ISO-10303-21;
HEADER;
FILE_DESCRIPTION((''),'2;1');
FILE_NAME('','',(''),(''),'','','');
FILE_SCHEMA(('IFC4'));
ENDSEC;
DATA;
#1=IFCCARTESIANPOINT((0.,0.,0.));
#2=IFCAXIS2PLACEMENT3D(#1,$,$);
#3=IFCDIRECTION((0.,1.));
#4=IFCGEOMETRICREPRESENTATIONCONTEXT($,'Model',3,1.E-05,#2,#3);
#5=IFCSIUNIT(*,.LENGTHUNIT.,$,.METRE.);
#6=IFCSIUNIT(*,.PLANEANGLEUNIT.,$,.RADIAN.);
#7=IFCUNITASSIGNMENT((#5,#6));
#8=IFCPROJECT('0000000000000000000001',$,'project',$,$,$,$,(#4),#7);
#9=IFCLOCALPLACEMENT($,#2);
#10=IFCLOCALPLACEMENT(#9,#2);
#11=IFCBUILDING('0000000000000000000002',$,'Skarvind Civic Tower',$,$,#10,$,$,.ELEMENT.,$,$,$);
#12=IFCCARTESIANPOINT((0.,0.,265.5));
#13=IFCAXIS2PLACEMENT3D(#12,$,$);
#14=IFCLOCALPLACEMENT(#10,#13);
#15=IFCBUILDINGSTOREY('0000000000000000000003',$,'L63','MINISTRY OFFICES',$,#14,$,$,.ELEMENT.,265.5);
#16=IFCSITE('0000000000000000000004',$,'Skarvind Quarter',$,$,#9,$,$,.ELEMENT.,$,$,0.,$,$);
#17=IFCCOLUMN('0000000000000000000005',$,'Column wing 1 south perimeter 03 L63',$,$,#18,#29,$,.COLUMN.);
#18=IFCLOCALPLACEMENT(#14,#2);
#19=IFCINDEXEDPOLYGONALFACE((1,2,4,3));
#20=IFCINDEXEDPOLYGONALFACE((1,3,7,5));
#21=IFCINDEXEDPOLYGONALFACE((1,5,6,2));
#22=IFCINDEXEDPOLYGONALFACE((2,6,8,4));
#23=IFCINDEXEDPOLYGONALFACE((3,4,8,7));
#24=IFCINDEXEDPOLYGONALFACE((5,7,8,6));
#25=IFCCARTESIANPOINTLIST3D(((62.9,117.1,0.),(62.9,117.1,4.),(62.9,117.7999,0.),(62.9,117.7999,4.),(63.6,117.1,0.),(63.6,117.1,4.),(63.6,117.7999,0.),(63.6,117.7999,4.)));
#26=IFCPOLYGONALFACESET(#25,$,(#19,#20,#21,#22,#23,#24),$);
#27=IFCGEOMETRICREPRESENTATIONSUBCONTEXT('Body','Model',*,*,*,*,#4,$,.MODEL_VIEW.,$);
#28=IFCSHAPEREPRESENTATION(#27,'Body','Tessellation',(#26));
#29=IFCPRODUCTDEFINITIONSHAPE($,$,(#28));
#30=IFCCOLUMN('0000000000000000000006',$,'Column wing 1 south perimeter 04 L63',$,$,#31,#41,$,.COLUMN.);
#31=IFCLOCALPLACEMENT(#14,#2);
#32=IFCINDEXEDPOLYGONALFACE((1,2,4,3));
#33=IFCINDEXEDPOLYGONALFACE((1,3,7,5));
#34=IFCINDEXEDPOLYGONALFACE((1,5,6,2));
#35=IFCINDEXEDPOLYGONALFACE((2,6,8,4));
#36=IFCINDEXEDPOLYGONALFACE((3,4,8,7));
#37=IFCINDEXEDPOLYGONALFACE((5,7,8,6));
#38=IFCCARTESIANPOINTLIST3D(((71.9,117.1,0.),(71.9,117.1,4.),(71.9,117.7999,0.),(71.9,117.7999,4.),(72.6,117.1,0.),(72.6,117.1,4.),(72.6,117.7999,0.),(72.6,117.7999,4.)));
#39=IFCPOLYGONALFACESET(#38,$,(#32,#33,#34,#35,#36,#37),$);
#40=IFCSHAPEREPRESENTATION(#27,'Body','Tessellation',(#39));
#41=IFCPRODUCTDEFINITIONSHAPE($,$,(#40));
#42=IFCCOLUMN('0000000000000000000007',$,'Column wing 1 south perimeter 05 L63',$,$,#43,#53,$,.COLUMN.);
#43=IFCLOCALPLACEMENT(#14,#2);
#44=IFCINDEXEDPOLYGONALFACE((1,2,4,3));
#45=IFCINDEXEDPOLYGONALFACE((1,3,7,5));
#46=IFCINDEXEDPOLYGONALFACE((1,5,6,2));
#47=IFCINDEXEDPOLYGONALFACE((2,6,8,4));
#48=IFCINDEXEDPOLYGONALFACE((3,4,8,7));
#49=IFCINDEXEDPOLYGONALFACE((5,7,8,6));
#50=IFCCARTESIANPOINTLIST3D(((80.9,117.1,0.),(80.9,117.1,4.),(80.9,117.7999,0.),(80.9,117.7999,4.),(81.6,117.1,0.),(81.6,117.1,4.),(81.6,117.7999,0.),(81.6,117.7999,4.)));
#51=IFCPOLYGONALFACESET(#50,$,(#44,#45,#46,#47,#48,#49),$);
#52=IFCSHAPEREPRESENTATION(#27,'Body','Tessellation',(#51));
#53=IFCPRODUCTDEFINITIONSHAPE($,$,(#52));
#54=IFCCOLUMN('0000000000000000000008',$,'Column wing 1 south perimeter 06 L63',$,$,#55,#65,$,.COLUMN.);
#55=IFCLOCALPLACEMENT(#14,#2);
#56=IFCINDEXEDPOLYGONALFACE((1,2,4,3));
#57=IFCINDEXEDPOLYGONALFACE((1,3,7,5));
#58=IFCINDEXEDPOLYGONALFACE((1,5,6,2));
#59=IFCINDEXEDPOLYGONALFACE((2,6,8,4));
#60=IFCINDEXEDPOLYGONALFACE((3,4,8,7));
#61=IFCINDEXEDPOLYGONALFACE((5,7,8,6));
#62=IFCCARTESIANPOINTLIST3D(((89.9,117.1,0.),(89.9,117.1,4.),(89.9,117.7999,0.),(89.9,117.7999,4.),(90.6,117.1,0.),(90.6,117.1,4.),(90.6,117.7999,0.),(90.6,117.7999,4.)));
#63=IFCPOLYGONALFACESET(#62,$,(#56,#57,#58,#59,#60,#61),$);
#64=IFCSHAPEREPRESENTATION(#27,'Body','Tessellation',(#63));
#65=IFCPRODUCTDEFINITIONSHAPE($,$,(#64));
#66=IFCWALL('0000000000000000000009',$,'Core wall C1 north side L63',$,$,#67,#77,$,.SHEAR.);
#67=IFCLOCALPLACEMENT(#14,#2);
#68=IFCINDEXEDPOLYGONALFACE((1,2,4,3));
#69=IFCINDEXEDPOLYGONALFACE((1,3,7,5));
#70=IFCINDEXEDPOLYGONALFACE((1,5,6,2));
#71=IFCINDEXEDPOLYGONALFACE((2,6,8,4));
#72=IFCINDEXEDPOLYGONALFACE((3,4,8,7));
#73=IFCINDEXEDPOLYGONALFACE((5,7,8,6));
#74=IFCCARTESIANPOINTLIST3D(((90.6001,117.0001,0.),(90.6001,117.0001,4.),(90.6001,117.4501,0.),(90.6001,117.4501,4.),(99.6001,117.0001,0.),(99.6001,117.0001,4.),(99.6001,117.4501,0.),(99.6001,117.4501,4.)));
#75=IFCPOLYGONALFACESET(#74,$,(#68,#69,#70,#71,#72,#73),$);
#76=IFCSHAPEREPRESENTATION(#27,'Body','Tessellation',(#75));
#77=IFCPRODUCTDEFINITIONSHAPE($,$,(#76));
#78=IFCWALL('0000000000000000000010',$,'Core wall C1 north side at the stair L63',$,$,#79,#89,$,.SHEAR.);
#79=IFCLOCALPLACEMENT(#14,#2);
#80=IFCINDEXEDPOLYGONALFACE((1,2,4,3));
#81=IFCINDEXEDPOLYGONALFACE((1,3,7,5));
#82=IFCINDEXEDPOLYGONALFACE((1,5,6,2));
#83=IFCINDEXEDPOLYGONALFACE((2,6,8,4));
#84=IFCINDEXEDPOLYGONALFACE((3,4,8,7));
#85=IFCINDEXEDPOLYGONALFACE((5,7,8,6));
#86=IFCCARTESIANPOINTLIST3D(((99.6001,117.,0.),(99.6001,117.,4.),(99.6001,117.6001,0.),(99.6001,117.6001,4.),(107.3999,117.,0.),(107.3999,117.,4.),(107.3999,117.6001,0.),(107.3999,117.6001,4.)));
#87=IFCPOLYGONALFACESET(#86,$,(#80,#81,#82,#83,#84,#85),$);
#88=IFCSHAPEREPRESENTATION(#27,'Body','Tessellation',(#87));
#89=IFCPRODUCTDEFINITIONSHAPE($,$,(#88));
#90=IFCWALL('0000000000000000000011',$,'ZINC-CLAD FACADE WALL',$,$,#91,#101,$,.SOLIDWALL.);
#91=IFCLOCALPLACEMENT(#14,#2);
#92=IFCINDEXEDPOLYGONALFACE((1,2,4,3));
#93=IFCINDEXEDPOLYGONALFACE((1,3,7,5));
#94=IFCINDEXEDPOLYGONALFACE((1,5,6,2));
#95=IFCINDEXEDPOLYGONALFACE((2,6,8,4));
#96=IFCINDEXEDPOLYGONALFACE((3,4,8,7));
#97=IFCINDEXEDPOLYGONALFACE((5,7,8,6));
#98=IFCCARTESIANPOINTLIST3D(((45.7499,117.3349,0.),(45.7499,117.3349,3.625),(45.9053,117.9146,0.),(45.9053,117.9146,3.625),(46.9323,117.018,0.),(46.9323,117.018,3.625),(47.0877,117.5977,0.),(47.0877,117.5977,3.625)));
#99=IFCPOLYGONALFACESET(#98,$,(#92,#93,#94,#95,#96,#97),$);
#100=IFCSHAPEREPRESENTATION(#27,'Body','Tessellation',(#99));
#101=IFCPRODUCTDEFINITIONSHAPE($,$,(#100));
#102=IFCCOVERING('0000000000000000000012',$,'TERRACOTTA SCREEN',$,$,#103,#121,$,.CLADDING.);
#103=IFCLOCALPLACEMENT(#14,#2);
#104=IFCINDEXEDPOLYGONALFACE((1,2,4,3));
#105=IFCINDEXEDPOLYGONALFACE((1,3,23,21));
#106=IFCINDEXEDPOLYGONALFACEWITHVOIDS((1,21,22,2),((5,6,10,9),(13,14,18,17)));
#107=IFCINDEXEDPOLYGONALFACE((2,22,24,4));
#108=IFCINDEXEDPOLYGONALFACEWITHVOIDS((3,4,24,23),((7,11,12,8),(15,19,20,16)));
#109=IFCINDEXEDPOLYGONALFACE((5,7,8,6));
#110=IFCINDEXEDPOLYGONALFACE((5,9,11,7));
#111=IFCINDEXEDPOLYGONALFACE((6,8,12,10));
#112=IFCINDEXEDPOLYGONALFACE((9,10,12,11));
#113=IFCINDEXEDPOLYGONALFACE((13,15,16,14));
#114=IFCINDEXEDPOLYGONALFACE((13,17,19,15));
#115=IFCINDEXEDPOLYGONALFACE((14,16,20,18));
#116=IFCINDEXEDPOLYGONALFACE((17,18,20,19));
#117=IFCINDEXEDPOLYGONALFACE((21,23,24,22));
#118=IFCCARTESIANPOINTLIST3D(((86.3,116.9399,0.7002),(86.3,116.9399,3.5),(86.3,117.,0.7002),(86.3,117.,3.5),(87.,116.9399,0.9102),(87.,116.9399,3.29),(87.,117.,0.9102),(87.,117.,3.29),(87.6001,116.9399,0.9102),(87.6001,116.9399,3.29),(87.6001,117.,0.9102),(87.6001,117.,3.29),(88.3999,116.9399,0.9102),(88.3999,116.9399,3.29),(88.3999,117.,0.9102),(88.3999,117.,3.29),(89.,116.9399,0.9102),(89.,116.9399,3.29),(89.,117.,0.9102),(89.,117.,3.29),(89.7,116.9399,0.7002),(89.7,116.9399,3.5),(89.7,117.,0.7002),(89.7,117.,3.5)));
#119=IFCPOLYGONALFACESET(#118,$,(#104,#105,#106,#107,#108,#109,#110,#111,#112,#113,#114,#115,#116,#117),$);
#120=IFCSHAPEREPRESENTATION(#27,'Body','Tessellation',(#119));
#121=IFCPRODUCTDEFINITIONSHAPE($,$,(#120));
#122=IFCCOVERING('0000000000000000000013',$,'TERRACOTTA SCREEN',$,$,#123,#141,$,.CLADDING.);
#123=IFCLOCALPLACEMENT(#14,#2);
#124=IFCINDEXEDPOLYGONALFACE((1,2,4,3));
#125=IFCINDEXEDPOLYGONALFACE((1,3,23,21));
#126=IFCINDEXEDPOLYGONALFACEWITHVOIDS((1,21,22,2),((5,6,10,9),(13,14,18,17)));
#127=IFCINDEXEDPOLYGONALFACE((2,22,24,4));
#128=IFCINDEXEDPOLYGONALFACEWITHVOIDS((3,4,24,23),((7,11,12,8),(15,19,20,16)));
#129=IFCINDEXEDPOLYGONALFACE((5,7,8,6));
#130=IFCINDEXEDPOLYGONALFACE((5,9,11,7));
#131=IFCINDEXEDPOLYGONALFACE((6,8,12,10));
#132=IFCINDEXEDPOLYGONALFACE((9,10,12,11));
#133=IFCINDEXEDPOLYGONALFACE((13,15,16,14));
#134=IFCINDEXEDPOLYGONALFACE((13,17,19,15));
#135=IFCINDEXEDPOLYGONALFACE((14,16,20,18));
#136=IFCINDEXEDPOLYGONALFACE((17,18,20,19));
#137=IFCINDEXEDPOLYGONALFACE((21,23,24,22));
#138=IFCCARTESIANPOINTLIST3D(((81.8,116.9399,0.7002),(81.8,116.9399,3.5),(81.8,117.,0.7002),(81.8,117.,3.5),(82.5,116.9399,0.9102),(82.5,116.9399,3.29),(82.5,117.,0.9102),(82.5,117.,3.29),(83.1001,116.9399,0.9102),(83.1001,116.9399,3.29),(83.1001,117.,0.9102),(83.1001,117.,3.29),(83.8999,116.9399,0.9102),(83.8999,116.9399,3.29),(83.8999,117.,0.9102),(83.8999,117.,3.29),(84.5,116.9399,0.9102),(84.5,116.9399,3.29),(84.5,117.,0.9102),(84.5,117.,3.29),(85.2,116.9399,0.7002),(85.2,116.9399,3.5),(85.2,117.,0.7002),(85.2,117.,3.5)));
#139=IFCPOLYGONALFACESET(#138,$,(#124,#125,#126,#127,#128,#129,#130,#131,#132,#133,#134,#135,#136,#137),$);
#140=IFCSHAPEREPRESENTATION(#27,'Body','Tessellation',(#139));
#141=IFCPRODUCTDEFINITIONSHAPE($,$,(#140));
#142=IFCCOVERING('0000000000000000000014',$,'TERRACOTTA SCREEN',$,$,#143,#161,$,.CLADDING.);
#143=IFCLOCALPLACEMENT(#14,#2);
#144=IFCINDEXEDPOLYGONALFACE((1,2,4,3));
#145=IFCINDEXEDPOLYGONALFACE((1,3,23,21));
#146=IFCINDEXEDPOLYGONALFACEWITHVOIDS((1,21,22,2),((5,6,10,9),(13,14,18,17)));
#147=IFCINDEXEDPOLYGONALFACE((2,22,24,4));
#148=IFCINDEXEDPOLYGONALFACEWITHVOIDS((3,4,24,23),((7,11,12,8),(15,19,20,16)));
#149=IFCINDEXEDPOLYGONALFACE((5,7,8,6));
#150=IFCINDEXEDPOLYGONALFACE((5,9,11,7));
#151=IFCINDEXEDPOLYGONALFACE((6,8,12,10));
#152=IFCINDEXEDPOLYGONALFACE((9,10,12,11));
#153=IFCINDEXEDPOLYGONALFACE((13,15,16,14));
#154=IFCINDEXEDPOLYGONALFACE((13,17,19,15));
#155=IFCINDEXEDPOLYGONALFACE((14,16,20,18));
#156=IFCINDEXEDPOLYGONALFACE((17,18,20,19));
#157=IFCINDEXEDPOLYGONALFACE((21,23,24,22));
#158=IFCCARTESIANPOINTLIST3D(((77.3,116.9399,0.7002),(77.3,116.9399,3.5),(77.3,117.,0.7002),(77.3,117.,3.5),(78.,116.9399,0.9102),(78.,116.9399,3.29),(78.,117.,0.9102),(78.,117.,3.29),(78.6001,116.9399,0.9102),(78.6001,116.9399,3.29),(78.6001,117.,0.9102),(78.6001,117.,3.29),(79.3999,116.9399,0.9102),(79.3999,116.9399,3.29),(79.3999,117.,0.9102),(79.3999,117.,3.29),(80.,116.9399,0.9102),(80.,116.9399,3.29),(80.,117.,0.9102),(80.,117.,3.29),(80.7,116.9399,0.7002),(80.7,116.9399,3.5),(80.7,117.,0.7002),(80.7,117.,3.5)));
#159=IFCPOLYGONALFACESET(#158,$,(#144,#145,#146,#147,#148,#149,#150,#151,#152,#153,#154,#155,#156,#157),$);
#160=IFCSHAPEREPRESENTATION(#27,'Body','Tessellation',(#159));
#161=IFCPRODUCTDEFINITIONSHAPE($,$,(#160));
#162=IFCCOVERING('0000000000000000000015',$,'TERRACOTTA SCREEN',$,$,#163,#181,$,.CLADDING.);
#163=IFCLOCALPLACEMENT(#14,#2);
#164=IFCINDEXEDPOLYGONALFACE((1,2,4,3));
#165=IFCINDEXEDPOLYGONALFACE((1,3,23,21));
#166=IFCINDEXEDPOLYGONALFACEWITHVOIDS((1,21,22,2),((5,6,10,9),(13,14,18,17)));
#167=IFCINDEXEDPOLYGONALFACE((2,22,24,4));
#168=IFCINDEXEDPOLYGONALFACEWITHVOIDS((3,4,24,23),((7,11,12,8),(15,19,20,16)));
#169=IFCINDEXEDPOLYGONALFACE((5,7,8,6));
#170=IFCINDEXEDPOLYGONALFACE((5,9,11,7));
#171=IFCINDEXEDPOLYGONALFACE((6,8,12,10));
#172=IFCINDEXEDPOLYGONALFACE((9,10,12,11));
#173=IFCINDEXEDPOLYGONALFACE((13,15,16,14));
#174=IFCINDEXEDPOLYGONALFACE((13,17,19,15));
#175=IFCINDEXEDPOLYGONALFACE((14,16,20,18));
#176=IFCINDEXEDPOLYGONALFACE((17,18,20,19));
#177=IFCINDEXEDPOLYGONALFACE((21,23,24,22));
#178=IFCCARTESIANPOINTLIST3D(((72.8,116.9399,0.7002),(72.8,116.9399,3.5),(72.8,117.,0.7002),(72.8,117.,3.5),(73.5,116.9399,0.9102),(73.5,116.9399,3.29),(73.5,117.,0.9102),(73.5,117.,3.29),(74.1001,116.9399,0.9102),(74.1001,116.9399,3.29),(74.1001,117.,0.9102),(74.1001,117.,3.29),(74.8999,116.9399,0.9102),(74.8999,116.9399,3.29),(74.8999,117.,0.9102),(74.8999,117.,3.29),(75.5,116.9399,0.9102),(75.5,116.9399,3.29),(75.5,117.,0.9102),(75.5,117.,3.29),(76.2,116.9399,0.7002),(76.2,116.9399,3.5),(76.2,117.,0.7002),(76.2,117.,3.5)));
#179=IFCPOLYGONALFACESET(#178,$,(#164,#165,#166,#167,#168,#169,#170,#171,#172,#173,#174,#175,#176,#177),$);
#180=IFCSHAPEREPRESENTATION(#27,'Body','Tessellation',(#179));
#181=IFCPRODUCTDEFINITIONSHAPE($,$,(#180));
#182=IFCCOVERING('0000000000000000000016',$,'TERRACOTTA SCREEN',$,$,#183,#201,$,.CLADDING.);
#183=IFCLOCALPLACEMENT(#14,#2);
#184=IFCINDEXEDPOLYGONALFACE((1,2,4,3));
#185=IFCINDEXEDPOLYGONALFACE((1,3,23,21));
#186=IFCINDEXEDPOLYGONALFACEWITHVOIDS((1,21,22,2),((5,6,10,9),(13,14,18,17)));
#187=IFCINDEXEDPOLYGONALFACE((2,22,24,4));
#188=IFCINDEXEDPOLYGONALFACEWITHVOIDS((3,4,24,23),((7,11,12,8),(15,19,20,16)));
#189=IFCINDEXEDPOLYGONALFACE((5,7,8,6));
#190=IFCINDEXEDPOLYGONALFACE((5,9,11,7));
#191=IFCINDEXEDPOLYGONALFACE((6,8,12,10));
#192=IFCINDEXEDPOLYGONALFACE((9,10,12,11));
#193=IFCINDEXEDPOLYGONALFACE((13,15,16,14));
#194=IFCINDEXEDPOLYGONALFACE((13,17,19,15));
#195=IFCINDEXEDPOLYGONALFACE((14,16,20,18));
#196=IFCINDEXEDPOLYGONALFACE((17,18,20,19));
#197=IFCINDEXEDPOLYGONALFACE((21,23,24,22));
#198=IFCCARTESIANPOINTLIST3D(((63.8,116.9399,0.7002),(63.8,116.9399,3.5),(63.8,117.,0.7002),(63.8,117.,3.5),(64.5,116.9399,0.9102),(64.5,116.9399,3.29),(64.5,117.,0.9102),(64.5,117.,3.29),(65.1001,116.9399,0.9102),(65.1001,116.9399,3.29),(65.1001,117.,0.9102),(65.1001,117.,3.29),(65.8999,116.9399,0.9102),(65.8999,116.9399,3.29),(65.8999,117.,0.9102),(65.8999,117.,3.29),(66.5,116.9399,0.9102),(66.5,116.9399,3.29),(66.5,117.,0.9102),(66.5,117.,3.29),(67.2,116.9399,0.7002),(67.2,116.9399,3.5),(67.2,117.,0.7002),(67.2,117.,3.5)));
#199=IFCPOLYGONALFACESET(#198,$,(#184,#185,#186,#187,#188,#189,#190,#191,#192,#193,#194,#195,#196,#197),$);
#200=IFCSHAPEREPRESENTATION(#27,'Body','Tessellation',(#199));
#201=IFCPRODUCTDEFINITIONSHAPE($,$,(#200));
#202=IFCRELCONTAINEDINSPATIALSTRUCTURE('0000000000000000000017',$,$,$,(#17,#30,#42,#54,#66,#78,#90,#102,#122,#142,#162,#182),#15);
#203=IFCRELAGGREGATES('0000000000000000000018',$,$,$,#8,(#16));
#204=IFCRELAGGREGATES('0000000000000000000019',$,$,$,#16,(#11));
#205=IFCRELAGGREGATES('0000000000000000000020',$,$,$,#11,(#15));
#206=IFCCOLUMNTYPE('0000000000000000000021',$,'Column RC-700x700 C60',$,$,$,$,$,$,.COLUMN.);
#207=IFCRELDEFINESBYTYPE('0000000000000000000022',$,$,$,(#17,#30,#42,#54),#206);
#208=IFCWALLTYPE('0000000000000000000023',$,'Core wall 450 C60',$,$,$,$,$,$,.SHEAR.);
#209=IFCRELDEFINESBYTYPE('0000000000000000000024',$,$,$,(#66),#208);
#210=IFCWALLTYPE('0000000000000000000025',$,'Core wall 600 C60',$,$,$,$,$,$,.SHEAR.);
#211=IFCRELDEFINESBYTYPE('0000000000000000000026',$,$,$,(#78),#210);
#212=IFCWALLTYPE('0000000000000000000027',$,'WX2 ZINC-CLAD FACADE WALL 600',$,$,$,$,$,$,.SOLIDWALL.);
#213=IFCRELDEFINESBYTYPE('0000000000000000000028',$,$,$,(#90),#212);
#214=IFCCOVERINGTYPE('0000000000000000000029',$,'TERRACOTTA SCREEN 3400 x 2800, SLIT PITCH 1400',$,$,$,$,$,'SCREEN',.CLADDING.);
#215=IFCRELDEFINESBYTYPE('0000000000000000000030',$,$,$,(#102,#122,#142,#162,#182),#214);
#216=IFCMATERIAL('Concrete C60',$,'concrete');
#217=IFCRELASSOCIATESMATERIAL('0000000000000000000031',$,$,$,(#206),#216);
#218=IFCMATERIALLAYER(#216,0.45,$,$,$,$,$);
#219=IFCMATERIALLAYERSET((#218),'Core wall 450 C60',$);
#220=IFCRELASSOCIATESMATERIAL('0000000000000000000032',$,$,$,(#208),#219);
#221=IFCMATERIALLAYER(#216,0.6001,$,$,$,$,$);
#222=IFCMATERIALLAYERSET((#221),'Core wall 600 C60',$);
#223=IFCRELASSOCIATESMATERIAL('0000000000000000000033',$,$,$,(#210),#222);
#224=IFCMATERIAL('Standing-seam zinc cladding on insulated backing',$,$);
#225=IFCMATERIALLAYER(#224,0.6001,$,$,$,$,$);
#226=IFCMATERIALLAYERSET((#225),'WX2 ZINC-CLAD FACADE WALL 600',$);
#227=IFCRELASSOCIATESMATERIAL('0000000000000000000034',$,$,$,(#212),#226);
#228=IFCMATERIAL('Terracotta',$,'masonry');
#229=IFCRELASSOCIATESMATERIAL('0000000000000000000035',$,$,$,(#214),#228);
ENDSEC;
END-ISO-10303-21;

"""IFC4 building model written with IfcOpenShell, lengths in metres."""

from ifc_helpers import new_model, si_unit, direction, frame, frame_2d, origin, origin_2d, place, context, subcontext, project, spatial, polyline, rectangle, outline, extrude, material, layer, layer_set, material_profile, profile_set, type_object, element, save


model = new_model("IFC4")

# Units and contexts
model_context = context("Model", 3, precision=1e-05, world=origin(), true_north=direction((0.0, 1.0)))
body_context = subcontext(model_context, "Body", "Model", "MODEL_VIEW")
ifc_project = project(units=[si_unit("LENGTHUNIT", "METRE"), si_unit("PLANEANGLEUNIT", "RADIAN")], contexts=[model_context])

# Site, building, storey
site_placement = place(None, origin())
site = spatial("IfcSite", under=ifc_project, at=site_placement, Name="Skarvind Quarter", CompositionType="ELEMENT", RefElevation=0.0)
building_placement = place(site_placement, origin())
building = spatial("IfcBuilding", under=site, at=building_placement, Name="Skarvind Civic Tower", CompositionType="ELEMENT")
storey_placement = place(building_placement, frame((0.0, 0.0, 265.5)))
storey = spatial("IfcBuildingStorey", under=building, at=storey_placement, Name="L63", Description="MINISTRY OFFICES", CompositionType="ELEMENT", Elevation=265.5)

# Columns
ifc_material_1 = material(Name="Concrete C60", Category="concrete")
ifc_material_profile_1 = material_profile(ifc_material_1, rectangle(XDim=0.7, YDim=0.7, at=origin_2d()), Name="RC-700x700")
ifc_profile_set_1 = profile_set([ifc_material_profile_1], Name="Concrete C60")
column_type = type_object("IfcColumnType", Name="Column RC-700x700 C60", PredefinedType="COLUMN", material=ifc_profile_set_1)
for number, where, z_axis, x_axis, name in (
    (1, (63.25, 117.45, 0.0), (0.0, 0.0, 1.0), (1.0, 0.0, 0.0), "Column wing 1 south perimeter 03 L63"),
    (2, (72.25, 117.45, 0.0), (0.0, 0.0, 1.0), (1.0, 0.0, 0.0), "Column wing 1 south perimeter 04 L63"),
    (3, (81.25, 117.45, 0.0), (0.0, 0.0, 1.0), (1.0, 0.0, 0.0), "Column wing 1 south perimeter 05 L63"),
    (4, (90.25, 117.45, 0.0), (0.0, 0.0, 1.0), (1.0, 0.0, 0.0), "Column wing 1 south perimeter 06 L63"),
):
    element("IfcColumn", number, at=place(storey_placement, frame(where, z_axis=z_axis, x_axis=x_axis)), inside=storey, type_object=column_type, Name=name, PredefinedType="COLUMN", context=body_context, shape_type="SweptSolid", body=[
        extrude(rectangle(XDim=0.7, YDim=0.7, at=origin_2d()), origin(), (0.0, 0.0, 1.0), 4.0),
    ])

# Walls
ifc_layer_1 = layer(ifc_material_1, 0.45)
ifc_layer_set_1 = layer_set([ifc_layer_1], Name="Core wall 450 C60")
wall_type_1 = type_object("IfcWallType", Name="Core wall 450 C60", PredefinedType="SHEAR", material=ifc_layer_set_1)
wall_1_placement = place(storey_placement, frame((99.6001, 117.2251, 0.0), z_axis=(0.0, 0.0, 1.0), x_axis=(-1.0, 0.0, 0.0)))
element("IfcWall", 5, at=wall_1_placement, inside=storey, type_object=wall_type_1, Name="Core wall C1 north side L63", PredefinedType="SHEAR", context=body_context, shape_type="SweptSolid", body=[
    extrude(rectangle(XDim=9.0, YDim=0.45, at=frame_2d((4.5, 0.0))), origin(), (0.0, 0.0, 1.0), 4.0),
])
ifc_layer_2 = layer(ifc_material_1, 0.6001)
ifc_layer_set_2 = layer_set([ifc_layer_2], Name="Core wall 600 C60")
wall_type_2 = type_object("IfcWallType", Name="Core wall 600 C60", PredefinedType="SHEAR", material=ifc_layer_set_2)
wall_2_placement = place(storey_placement, frame((107.3999, 117.3, 0.0), z_axis=(0.0, 0.0, 1.0), x_axis=(-1.0, 0.0, 0.0)))
element("IfcWall", 6, at=wall_2_placement, inside=storey, type_object=wall_type_2, Name="Core wall C1 north side at the stair L63", PredefinedType="SHEAR", context=body_context, shape_type="SweptSolid", body=[
    extrude(rectangle(XDim=7.7998, YDim=0.6001, at=frame_2d((3.8999, 0.0))), origin(), (0.0, 0.0, 1.0), 4.0),
])
ifc_material_2 = material(Name="Standing-seam zinc cladding on insulated backing")
ifc_layer_3 = layer(ifc_material_2, 0.6001)
ifc_layer_set_3 = layer_set([ifc_layer_3], Name="WX2 ZINC-CLAD FACADE WALL 600")
wall_type_3 = type_object("IfcWallType", Name="WX2 ZINC-CLAD FACADE WALL 600", PredefinedType="SOLIDWALL", material=ifc_layer_set_3)
wall_3_placement = place(storey_placement, frame((47.01, 117.3079, 0.0), z_axis=(0.0, 0.0, 1.0), x_axis=(-0.96591, 0.258879, 0.0)))
element("IfcWall", 7, at=wall_3_placement, inside=storey, type_object=wall_type_3, Name="ZINC-CLAD FACADE WALL", PredefinedType="SOLIDWALL", context=body_context, shape_type="SweptSolid", body=[
    extrude(rectangle(XDim=1.2241, YDim=0.6001, at=frame_2d((0.6121, 0.0))), origin(), (0.0, 0.0, 1.0), 3.625),
])

# Coverings
ifc_material_3 = material(Name="Terracotta", Category="masonry")
ifc_material_profile_2 = material_profile(ifc_material_3, outline(polyline([(-1.7, -1.3999), (1.7, -1.3999), (1.7, 1.3999), (-1.7, 1.3999), (-1.7, -1.3999)]), holes=[polyline([(-1.0, -1.1899), (-0.3999, -1.1899), (-0.3999, 1.1899), (-1.0, 1.1899), (-1.0, -1.1899)]), polyline([(0.3999, -1.1899), (1.0, -1.1899), (1.0, 1.1899), (0.3999, 1.1899), (0.3999, -1.1899)])]), Name="TERRACOTTA SCREEN 3400 x 2800, SLIT PITCH 1400")
ifc_profile_set_2 = profile_set([ifc_material_profile_2], Name="Terracotta")
covering_type = type_object("IfcCoveringType", Name="TERRACOTTA SCREEN 3400 x 2800, SLIT PITCH 1400", ElementType="SCREEN", PredefinedType="CLADDING", material=ifc_profile_set_2)
for number, where, z_axis, x_axis, name in (
    (8, (88.0, 117.0, 2.1001), (0.0, -1.0, 0.0), (1.0, 0.0, 0.0), "TERRACOTTA SCREEN"),
    (9, (83.5, 117.0, 2.1001), (0.0, -1.0, 0.0), (1.0, 0.0, 0.0), "TERRACOTTA SCREEN"),
    (10, (79.0, 117.0, 2.1001), (0.0, -1.0, 0.0), (1.0, 0.0, 0.0), "TERRACOTTA SCREEN"),
    (11, (74.5, 117.0, 2.1001), (0.0, -1.0, 0.0), (1.0, 0.0, 0.0), "TERRACOTTA SCREEN"),
    (12, (65.5, 117.0, 2.1001), (0.0, -1.0, 0.0), (1.0, 0.0, 0.0), "TERRACOTTA SCREEN"),
):
    element("IfcCovering", number, at=place(storey_placement, frame(where, z_axis=z_axis, x_axis=x_axis)), inside=storey, type_object=covering_type, Name=name, PredefinedType="CLADDING", context=body_context, shape_type="SweptSolid", body=[
        extrude(outline(polyline([(-1.7, -1.3999), (1.7, -1.3999), (1.7, 1.3999), (-1.7, 1.3999), (-1.7, -1.3999)]), holes=[polyline([(-1.0, -1.1899), (-0.3999, -1.1899), (-0.3999, 1.1899), (-1.0, 1.1899), (-1.0, -1.1899)]), polyline([(0.3999, -1.1899), (1.0, -1.1899), (1.0, 1.1899), (0.3999, 1.1899), (0.3999, -1.1899)])]), origin(), (0.0, 0.0, 1.0), 0.0601),
    ])

save(model, "model.ifc")
